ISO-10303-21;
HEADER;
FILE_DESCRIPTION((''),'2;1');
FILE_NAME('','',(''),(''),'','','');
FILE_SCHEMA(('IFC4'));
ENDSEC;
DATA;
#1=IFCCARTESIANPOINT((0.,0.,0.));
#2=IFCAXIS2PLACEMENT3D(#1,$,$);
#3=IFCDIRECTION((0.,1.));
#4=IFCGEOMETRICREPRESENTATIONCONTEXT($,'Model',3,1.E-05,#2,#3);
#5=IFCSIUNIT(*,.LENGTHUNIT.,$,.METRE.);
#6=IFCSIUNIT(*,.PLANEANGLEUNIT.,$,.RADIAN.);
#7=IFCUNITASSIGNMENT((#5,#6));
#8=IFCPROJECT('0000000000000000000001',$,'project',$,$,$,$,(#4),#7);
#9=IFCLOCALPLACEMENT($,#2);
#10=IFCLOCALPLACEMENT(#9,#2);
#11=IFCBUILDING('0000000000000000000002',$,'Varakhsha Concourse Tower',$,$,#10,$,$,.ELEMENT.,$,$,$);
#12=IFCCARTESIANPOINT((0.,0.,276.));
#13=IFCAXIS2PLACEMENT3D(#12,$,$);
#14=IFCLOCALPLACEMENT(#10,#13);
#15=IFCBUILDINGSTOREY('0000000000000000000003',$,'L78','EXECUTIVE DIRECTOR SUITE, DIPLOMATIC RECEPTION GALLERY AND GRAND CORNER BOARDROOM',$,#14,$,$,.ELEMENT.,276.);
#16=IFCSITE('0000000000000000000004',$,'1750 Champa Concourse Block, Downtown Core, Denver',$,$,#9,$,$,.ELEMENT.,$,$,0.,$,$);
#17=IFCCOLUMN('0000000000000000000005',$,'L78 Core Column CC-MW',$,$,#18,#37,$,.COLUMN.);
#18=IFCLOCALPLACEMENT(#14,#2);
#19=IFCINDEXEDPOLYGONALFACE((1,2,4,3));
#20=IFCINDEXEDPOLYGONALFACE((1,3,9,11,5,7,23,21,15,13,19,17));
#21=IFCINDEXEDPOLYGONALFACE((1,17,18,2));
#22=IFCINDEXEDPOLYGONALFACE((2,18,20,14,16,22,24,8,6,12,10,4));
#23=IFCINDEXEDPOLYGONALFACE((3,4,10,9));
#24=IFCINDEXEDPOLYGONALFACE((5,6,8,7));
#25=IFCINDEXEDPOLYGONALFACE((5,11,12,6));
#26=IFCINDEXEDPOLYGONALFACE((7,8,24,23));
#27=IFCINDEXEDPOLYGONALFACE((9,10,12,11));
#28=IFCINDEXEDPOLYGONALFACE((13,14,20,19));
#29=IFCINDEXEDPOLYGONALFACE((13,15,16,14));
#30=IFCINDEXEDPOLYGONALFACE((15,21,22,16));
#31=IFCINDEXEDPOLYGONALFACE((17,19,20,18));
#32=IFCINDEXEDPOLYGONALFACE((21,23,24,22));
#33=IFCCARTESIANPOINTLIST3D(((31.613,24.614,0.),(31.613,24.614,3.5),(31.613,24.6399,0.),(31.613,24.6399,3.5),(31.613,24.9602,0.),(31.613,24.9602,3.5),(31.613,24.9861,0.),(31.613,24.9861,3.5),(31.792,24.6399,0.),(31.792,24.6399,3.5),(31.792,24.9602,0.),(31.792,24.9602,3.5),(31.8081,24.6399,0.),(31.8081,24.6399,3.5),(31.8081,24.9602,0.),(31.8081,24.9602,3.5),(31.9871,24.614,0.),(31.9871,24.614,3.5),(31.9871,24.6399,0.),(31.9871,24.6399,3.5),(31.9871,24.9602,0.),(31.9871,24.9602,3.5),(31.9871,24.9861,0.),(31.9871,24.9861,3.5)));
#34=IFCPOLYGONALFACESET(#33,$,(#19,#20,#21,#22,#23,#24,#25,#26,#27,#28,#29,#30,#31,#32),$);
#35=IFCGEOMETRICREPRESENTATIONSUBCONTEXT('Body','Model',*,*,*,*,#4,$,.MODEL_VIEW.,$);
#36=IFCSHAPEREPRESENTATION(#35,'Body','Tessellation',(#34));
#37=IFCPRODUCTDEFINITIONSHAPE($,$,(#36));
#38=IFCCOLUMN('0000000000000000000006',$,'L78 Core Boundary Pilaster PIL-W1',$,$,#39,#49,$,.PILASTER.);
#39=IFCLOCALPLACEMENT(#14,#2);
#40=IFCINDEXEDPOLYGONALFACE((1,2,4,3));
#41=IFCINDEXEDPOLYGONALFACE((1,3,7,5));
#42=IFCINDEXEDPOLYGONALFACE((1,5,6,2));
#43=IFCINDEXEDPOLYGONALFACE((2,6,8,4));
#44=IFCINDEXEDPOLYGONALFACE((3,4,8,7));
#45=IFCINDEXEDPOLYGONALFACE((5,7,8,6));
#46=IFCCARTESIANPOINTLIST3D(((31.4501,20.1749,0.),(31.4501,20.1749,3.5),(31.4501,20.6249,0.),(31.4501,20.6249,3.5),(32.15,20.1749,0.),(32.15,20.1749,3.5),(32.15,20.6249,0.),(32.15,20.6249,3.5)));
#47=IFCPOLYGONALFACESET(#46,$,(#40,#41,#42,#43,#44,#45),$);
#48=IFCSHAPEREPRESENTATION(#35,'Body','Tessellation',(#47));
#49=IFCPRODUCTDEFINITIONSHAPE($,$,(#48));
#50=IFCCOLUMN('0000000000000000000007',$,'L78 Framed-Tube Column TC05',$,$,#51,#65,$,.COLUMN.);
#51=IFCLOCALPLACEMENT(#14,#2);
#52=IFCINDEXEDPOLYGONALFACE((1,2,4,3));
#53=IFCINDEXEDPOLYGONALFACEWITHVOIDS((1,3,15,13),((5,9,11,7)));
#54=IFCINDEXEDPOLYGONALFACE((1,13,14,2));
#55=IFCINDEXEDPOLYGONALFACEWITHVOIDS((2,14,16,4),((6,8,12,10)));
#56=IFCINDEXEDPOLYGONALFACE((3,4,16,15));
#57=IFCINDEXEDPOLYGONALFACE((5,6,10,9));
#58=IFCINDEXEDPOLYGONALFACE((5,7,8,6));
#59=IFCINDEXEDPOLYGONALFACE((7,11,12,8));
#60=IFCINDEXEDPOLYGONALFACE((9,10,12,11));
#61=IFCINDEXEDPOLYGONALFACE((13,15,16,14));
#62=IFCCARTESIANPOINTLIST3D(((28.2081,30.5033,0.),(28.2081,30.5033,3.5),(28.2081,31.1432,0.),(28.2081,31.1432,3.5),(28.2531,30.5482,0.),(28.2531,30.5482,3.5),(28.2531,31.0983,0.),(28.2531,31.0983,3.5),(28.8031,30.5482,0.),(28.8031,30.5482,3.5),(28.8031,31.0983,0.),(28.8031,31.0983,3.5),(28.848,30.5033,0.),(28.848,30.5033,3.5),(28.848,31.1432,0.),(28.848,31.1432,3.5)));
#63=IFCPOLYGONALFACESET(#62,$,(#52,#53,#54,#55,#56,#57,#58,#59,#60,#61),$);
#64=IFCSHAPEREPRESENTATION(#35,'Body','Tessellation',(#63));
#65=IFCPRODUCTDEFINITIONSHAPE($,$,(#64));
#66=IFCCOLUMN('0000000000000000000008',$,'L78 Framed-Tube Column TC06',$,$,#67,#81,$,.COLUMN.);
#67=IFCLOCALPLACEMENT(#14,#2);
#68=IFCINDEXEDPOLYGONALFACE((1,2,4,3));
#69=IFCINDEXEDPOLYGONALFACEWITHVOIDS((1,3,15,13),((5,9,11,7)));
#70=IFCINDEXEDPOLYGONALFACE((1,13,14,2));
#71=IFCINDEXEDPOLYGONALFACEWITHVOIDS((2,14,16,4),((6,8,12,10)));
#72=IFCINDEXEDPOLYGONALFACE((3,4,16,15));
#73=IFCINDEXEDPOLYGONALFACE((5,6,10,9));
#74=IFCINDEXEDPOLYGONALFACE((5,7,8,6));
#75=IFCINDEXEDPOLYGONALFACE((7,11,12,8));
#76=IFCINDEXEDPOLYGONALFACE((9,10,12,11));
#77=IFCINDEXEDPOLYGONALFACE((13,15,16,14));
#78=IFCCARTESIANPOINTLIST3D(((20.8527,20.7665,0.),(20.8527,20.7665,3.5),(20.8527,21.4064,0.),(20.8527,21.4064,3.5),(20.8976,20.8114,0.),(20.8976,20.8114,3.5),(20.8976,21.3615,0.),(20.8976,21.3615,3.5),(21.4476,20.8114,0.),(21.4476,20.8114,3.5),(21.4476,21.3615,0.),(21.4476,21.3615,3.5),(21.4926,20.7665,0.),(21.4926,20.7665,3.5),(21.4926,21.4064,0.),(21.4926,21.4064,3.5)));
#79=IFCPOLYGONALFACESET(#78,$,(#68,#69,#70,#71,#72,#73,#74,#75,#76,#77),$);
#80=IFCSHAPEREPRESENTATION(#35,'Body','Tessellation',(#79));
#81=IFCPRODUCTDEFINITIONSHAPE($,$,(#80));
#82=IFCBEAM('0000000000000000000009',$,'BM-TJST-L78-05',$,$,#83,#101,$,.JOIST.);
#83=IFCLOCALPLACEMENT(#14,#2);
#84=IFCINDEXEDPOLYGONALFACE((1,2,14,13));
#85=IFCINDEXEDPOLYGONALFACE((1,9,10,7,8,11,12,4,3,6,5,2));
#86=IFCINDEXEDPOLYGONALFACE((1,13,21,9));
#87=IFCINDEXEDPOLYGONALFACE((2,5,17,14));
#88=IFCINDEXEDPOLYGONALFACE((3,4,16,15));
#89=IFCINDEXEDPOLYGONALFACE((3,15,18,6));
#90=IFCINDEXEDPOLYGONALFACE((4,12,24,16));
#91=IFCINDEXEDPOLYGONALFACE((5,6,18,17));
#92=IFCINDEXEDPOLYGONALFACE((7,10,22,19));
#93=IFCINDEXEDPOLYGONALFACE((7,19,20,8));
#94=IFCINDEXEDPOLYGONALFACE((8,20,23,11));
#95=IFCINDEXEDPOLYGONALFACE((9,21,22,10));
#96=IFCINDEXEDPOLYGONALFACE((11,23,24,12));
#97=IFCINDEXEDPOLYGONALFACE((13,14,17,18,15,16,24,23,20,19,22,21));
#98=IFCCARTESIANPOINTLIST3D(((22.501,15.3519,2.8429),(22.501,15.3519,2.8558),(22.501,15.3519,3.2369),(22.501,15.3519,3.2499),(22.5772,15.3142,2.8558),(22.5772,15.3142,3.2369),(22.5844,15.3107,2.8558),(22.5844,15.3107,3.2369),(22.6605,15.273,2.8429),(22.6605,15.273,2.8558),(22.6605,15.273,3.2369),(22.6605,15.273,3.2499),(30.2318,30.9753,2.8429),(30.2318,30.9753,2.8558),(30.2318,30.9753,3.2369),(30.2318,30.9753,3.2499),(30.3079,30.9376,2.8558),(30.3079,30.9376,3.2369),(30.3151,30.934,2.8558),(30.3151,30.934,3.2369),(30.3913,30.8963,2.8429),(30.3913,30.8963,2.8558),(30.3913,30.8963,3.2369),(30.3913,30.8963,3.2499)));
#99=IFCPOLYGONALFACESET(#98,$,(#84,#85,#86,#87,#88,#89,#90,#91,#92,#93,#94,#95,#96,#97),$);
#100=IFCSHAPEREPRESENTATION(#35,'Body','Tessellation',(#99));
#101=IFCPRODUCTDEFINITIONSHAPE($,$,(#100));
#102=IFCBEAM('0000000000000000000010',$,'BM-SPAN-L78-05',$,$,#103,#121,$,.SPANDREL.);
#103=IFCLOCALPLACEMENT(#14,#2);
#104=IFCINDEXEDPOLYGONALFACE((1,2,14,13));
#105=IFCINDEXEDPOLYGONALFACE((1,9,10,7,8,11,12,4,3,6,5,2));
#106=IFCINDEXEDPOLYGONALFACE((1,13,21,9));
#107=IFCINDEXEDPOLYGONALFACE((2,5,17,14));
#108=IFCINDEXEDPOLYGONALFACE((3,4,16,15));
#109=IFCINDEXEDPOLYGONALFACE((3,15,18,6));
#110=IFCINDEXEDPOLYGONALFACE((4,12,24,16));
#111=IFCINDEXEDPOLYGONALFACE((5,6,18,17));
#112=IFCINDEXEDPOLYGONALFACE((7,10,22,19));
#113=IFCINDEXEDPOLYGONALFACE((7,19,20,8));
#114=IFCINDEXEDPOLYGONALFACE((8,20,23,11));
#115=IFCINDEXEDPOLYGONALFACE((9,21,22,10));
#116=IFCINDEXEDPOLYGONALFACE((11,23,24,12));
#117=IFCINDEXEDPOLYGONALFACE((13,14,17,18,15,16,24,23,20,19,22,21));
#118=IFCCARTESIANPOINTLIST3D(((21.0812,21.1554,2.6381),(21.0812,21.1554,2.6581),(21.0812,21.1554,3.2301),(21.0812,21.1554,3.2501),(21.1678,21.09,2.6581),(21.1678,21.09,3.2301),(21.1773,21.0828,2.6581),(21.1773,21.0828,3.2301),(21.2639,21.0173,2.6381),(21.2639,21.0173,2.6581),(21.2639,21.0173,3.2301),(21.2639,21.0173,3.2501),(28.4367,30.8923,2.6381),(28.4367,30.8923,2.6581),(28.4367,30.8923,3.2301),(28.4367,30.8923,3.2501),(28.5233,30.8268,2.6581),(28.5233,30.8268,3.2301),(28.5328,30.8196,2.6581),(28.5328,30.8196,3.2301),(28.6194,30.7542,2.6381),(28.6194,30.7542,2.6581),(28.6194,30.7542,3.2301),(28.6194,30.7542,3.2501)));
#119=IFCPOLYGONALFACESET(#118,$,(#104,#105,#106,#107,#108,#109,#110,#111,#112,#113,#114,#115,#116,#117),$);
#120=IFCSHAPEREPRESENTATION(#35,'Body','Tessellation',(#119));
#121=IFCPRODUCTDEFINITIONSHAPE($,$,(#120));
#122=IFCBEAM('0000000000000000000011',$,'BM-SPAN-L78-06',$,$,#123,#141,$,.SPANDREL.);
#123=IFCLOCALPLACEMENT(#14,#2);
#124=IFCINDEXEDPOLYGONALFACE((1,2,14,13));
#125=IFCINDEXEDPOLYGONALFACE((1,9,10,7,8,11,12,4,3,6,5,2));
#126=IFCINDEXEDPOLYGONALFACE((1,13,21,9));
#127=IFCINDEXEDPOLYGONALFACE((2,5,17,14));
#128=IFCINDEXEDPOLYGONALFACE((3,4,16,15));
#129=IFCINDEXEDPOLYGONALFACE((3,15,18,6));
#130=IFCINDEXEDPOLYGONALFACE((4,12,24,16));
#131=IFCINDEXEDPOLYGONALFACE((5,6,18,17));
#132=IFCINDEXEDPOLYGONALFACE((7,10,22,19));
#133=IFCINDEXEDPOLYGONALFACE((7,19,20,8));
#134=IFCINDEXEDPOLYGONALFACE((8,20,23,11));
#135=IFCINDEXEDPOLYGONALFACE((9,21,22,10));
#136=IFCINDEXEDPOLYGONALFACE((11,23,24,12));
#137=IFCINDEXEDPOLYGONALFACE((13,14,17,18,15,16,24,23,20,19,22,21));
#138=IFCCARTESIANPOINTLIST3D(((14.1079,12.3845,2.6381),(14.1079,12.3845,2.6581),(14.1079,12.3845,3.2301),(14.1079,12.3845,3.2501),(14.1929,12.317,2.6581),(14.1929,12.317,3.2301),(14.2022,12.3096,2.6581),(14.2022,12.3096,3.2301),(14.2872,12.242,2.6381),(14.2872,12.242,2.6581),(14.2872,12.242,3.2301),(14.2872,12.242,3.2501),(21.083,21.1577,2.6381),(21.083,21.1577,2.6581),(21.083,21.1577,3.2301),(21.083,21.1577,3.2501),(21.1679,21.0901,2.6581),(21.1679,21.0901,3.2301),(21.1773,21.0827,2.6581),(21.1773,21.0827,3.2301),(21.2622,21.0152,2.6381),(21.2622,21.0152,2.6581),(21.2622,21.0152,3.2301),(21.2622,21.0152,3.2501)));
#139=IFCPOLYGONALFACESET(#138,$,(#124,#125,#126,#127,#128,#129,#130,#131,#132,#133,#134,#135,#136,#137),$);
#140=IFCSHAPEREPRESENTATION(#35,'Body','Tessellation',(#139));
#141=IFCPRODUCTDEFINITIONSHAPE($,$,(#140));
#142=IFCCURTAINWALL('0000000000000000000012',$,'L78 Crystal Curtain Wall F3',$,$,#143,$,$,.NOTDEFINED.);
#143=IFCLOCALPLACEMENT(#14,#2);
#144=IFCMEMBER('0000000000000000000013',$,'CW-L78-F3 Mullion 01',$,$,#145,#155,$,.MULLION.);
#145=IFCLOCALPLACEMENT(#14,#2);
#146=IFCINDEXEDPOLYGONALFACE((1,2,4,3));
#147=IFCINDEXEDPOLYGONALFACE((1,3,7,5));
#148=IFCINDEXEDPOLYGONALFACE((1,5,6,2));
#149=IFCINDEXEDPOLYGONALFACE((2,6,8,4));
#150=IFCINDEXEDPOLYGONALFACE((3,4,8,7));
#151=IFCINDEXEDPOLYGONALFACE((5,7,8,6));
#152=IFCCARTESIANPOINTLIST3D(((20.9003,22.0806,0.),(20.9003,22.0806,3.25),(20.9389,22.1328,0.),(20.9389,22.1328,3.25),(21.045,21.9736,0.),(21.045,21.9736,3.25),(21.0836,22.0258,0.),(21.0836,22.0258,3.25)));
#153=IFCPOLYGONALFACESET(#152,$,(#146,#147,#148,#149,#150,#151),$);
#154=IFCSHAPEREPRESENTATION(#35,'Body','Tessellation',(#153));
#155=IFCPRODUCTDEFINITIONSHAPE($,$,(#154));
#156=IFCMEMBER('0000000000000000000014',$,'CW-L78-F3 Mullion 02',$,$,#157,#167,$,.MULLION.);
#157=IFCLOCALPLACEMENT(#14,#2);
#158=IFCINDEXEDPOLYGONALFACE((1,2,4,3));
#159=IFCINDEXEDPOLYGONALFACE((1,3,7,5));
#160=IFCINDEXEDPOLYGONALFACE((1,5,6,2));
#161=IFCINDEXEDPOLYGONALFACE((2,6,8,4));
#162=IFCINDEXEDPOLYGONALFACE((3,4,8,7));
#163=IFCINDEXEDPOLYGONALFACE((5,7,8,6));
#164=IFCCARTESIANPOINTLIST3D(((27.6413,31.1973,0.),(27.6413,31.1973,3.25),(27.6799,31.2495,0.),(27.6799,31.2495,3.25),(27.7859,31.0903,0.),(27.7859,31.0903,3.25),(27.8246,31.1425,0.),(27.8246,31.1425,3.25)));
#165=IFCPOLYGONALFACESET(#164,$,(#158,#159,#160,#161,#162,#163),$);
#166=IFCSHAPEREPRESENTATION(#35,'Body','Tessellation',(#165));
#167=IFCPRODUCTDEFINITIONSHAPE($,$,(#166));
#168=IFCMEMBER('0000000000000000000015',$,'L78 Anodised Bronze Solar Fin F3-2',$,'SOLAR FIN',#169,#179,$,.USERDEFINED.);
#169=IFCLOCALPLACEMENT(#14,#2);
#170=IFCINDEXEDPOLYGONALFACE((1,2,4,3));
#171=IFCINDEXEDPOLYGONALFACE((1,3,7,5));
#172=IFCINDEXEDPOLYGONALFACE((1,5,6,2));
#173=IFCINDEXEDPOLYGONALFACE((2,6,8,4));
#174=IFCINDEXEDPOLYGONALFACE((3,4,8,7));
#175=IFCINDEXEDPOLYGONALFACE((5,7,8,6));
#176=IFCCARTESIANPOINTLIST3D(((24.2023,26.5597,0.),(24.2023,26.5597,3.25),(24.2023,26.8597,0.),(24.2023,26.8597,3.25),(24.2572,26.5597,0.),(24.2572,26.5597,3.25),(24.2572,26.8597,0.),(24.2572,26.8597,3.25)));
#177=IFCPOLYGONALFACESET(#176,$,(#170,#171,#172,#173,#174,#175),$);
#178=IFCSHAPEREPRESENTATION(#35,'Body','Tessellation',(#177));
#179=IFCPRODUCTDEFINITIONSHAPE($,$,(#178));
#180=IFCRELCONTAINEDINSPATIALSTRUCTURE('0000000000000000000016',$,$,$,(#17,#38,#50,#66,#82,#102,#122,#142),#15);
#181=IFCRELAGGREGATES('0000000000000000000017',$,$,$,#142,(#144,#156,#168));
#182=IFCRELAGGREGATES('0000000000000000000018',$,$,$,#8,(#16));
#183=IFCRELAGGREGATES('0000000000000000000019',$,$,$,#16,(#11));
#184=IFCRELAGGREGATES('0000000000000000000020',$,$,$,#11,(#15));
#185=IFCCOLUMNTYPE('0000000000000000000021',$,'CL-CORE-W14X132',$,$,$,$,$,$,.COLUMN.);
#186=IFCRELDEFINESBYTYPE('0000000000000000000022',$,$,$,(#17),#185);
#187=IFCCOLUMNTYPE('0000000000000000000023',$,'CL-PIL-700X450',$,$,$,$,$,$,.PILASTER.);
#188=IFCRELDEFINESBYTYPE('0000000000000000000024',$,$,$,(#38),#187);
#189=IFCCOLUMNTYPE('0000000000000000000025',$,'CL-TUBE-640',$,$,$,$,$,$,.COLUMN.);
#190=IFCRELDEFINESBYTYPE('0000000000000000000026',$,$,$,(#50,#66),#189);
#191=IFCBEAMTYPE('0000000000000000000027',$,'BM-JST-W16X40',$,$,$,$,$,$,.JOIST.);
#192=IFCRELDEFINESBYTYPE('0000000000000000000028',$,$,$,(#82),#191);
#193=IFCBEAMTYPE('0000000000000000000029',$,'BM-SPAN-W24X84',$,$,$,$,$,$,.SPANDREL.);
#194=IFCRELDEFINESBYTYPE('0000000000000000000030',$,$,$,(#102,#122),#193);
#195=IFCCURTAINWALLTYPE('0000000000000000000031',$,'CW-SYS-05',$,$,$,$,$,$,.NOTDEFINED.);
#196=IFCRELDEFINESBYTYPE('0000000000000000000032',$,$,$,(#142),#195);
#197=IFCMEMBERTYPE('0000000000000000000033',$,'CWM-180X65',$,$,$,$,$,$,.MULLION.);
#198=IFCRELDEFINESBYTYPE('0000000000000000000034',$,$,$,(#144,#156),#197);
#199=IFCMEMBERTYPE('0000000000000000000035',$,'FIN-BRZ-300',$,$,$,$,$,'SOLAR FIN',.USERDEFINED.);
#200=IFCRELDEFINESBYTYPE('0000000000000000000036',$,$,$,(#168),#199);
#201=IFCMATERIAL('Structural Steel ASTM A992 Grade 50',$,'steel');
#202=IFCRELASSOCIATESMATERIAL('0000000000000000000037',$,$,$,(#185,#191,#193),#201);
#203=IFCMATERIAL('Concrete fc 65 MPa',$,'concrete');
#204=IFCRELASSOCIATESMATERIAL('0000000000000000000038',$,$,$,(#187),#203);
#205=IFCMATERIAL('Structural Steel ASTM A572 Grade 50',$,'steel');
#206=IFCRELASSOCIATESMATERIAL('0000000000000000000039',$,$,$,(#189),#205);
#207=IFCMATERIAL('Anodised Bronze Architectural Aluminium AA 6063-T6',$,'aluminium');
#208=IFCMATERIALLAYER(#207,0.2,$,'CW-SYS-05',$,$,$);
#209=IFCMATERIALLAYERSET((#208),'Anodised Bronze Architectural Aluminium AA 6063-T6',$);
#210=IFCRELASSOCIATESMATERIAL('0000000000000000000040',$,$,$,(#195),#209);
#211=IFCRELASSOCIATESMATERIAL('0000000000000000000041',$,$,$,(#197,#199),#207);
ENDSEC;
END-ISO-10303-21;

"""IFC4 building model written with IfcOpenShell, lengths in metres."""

from ifc_helpers import new_model, si_unit, direction, frame, origin, origin_2d, place, context, subcontext, project, spatial, rectangle, hollow_rectangle, i_section, extrude, source, transform, mapped, material, layer, layer_set, material_profile, profile_set, type_object, type_shapes, element, aggregate, save


model = new_model("IFC4")

# Units and contexts
model_context = context("Model", 3, precision=1e-05, world=origin(), true_north=direction((0.0, 1.0)))
body_context = subcontext(model_context, "Body", "Model", "MODEL_VIEW")
ifc_project = project(units=[si_unit("LENGTHUNIT", "METRE"), si_unit("PLANEANGLEUNIT", "RADIAN")], contexts=[model_context])

# Site, building, storey
site_placement = place(None, origin())
site = spatial("IfcSite", under=ifc_project, at=site_placement, Name="1750 Champa Concourse Block, Downtown Core, Denver", CompositionType="ELEMENT", RefElevation=0.0)
building_placement = place(site_placement, origin())
building = spatial("IfcBuilding", under=site, at=building_placement, Name="Varakhsha Concourse Tower", CompositionType="ELEMENT")
storey_placement = place(building_placement, frame((0.0, 0.0, 276.0)))
storey = spatial("IfcBuildingStorey", under=building, at=storey_placement, Name="L78", Description="EXECUTIVE DIRECTOR SUITE, DIPLOMATIC RECEPTION GALLERY AND GRAND CORNER BOARDROOM", CompositionType="ELEMENT", Elevation=276.0)

# Columns
ifc_material_1 = material(Name="Structural Steel ASTM A992 Grade 50", Category="steel")
ifc_material_profile_1 = material_profile(ifc_material_1, i_section(OverallWidth=0.374, OverallDepth=0.3721, WebThickness=0.0161, FlangeThickness=0.0259, at=origin_2d()), Name="W14X132")
ifc_profile_set_1 = profile_set([ifc_material_profile_1], Name="Structural Steel ASTM A992 Grade 50")
column_type_1 = type_object("IfcColumnType", Name="CL-CORE-W14X132", PredefinedType="COLUMN", material=ifc_profile_set_1)
column_1_placement = place(storey_placement, frame((31.8, 24.8, 0.0), z_axis=(0.0, 0.0, 1.0), x_axis=(1.0, 0.0, 0.0)))
element("IfcColumn", 1, at=column_1_placement, inside=storey, type_object=column_type_1, Name="L78 Core Column CC-MW", PredefinedType="COLUMN", context=body_context, shape_type="SweptSolid", body=[
    extrude(i_section(OverallWidth=0.374, OverallDepth=0.3721, WebThickness=0.0161, FlangeThickness=0.0259, at=origin_2d()), origin(), (0.0, 0.0, 1.0), 3.5),
])
ifc_material_2 = material(Name="Concrete fc 65 MPa", Category="concrete")
ifc_material_profile_2 = material_profile(ifc_material_2, rectangle(XDim=0.7, YDim=0.45, at=origin_2d()), Name="RC 700x450")
ifc_profile_set_2 = profile_set([ifc_material_profile_2], Name="Concrete fc 65 MPa")
column_type_2 = type_object("IfcColumnType", Name="CL-PIL-700X450", PredefinedType="PILASTER", material=ifc_profile_set_2)
column_2_placement = place(storey_placement, frame((31.8, 20.3999, 0.0), z_axis=(0.0, 0.0, 1.0), x_axis=(1.0, 0.0, 0.0)))
element("IfcColumn", 2, at=column_2_placement, inside=storey, type_object=column_type_2, Name="L78 Core Boundary Pilaster PIL-W1", PredefinedType="PILASTER", context=body_context, shape_type="SweptSolid", body=[
    extrude(rectangle(XDim=0.7, YDim=0.45, at=origin_2d()), origin(), (0.0, 0.0, 1.0), 3.5),
])
ifc_material_3 = material(Name="Structural Steel ASTM A572 Grade 50", Category="steel")
ifc_material_profile_3 = material_profile(ifc_material_3, hollow_rectangle(XDim=0.6399, YDim=0.6399, WallThickness=0.0449, at=origin_2d()), Name="BOX 640x640x45")
ifc_profile_set_3 = profile_set([ifc_material_profile_3], Name="Structural Steel ASTM A572 Grade 50")
column_type_3 = type_object("IfcColumnType", Name="CL-TUBE-640", PredefinedType="COLUMN", material=ifc_profile_set_3)
for number, where, z_axis, x_axis, name in (
    (3, (28.5281, 30.8232, 0.0), (0.0, 0.0, 1.0), (1.0, 0.0, 0.0), "L78 Framed-Tube Column TC05"),
    (4, (21.1726, 21.0864, 0.0), (0.0, 0.0, 1.0), (1.0, 0.0, 0.0), "L78 Framed-Tube Column TC06"),
):
    element("IfcColumn", number, at=place(storey_placement, frame(where, z_axis=z_axis, x_axis=x_axis)), inside=storey, type_object=column_type_3, Name=name, PredefinedType="COLUMN", context=body_context, shape_type="SweptSolid", body=[
        extrude(hollow_rectangle(XDim=0.6399, YDim=0.6399, WallThickness=0.0449, at=origin_2d()), origin(), (0.0, 0.0, 1.0), 3.5),
    ])

# Beams
ifc_material_profile_4 = material_profile(ifc_material_1, i_section(OverallWidth=0.178, OverallDepth=0.407, WebThickness=0.0081, FlangeThickness=0.0129, at=origin_2d()), Name="W16X40")
ifc_profile_set_4 = profile_set([ifc_material_profile_4], Name="Structural Steel ASTM A992 Grade 50")
beam_type_1 = type_object("IfcBeamType", Name="BM-JST-W16X40", PredefinedType="JOIST", material=ifc_profile_set_4)
beam_1_placement = place(storey_placement, frame((30.3115, 30.9358, 3.0464), z_axis=(-0.443495, -0.896277, 0.0), x_axis=(0.896277, -0.443495, 0.0)))
element("IfcBeam", 5, at=beam_1_placement, inside=storey, type_object=beam_type_1, Name="BM-TJST-L78-05", PredefinedType="JOIST", context=body_context, shape_type="SweptSolid", body=[
    extrude(i_section(OverallWidth=0.178, OverallDepth=0.407, WebThickness=0.0081, FlangeThickness=0.0129, at=origin_2d()), origin(), (0.0, 0.0, 1.0), 17.4314),
])
ifc_material_profile_5 = material_profile(ifc_material_1, i_section(OverallWidth=0.229, OverallDepth=0.6121, WebThickness=0.012, FlangeThickness=0.02, at=origin_2d()), Name="W24X84")
ifc_profile_set_5 = profile_set([ifc_material_profile_5], Name="Structural Steel ASTM A992 Grade 50")
beam_type_2 = type_object("IfcBeamType", Name="BM-SPAN-W24X84", PredefinedType="SPANDREL", material=ifc_profile_set_5)
beam_2_placement = place(storey_placement, frame((28.5281, 30.8232, 2.9441), z_axis=(-0.602769, -0.797916, 0.0), x_axis=(0.797916, -0.602769, 0.0)))
element("IfcBeam", 6, at=beam_2_placement, inside=storey, type_object=beam_type_2, Name="BM-SPAN-L78-05", PredefinedType="SPANDREL", context=body_context, shape_type="SweptSolid", body=[
    extrude(i_section(OverallWidth=0.229, OverallDepth=0.6121, WebThickness=0.012, FlangeThickness=0.02, at=origin_2d()), origin(), (0.0, 0.0, 1.0), 12.2029),
])
beam_3_placement = place(storey_placement, frame((21.1726, 21.0864, 2.9441), z_axis=(-0.622328, -0.782757, 0.0), x_axis=(0.782757, -0.622328, 0.0)))
element("IfcBeam", 7, at=beam_3_placement, inside=storey, type_object=beam_type_2, Name="BM-SPAN-L78-06", PredefinedType="SPANDREL", context=body_context, shape_type="SweptSolid", body=[
    extrude(i_section(OverallWidth=0.229, OverallDepth=0.6121, WebThickness=0.012, FlangeThickness=0.02, at=origin_2d()), origin(), (0.0, 0.0, 1.0), 11.208),
])

# Curtain wall, members
ifc_material_4 = material(Name="Anodised Bronze Architectural Aluminium AA 6063-T6", Category="aluminium")
ifc_layer_1 = layer(ifc_material_4, 0.2, Name="CW-SYS-05")
ifc_layer_set_1 = layer_set([ifc_layer_1], Name="Anodised Bronze Architectural Aluminium AA 6063-T6")
curtain_wall_type = type_object("IfcCurtainWallType", Name="CW-SYS-05", PredefinedType="NOTDEFINED", material=ifc_layer_set_1)
curtain_wall_placement = place(storey_placement, origin())
curtain_wall = element("IfcCurtainWall", 8, at=curtain_wall_placement, inside=storey, type_object=curtain_wall_type, Name="L78 Crystal Curtain Wall F3", PredefinedType="NOTDEFINED")
ifc_material_profile_6 = material_profile(ifc_material_4, rectangle(XDim=0.0649, YDim=0.1799, at=origin_2d()), Name="CWM-180X65")
ifc_profile_set_6 = profile_set([ifc_material_profile_6], Name="Anodised Bronze Architectural Aluminium AA 6063-T6")
member_type_1 = type_object("IfcMemberType", Name="CWM-180X65", PredefinedType="MULLION", material=ifc_profile_set_6)
shared_shape_1 = source(origin(), body_context, "Body", "SweptSolid", [
    extrude(rectangle(XDim=0.0649, YDim=0.1799, at=origin_2d()), origin(), (0.0, 0.0, 1.0), 3.25),
])
type_shapes(member_type_1, [shared_shape_1])
member_1_placement = place(storey_placement, frame((20.9919, 22.0532, 0.0), z_axis=(0.0, 0.0, 1.0), x_axis=(0.594534, 0.804071, 0.0)))
member_1 = element("IfcMember", 9, at=member_1_placement, type_object=member_type_1, Name="CW-L78-F3 Mullion 01", PredefinedType="MULLION", context=body_context, shape_type="MappedRepresentation", body=[
    mapped(shared_shape_1, transform((0.0, 0.0, 0.0), scale=1.0)),
])
member_2_placement = place(storey_placement, frame((27.7329, 31.1699, 0.0), z_axis=(0.0, 0.0, 1.0), x_axis=(0.594534, 0.804071, 0.0)))
member_2 = element("IfcMember", 10, at=member_2_placement, type_object=member_type_1, Name="CW-L78-F3 Mullion 02", PredefinedType="MULLION", context=body_context, shape_type="MappedRepresentation", body=[
    mapped(shared_shape_1, transform((0.0, 0.0, 0.0), scale=1.0)),
])
ifc_material_profile_7 = material_profile(ifc_material_4, rectangle(XDim=0.0549, YDim=0.3, at=origin_2d()), Name="FIN-BRZ-300")
ifc_profile_set_7 = profile_set([ifc_material_profile_7], Name="Anodised Bronze Architectural Aluminium AA 6063-T6")
member_type_2 = type_object("IfcMemberType", Name="FIN-BRZ-300", ElementType="SOLAR FIN", PredefinedType="USERDEFINED", material=ifc_profile_set_7)
shared_shape_2 = source(origin(), body_context, "Body", "SweptSolid", [
    extrude(rectangle(XDim=0.0549, YDim=0.3, at=origin_2d()), origin(), (0.0, 0.0, 1.0), 3.25),
])
type_shapes(member_type_2, [shared_shape_2])
member_3_placement = place(storey_placement, frame((24.2297, 26.7097, 0.0), z_axis=(0.0, 0.0, 1.0), x_axis=(1.0, 0.0, 0.0)))
member_3 = element("IfcMember", 11, at=member_3_placement, type_object=member_type_2, Name="L78 Anodised Bronze Solar Fin F3-2", ObjectType="SOLAR FIN", PredefinedType="USERDEFINED", context=body_context, shape_type="MappedRepresentation", body=[
    mapped(shared_shape_2, transform((0.0, 0.0, 0.0), scale=1.0)),
])
aggregate(curtain_wall, [member_1, member_2, member_3])

save(model, "model.ifc")
